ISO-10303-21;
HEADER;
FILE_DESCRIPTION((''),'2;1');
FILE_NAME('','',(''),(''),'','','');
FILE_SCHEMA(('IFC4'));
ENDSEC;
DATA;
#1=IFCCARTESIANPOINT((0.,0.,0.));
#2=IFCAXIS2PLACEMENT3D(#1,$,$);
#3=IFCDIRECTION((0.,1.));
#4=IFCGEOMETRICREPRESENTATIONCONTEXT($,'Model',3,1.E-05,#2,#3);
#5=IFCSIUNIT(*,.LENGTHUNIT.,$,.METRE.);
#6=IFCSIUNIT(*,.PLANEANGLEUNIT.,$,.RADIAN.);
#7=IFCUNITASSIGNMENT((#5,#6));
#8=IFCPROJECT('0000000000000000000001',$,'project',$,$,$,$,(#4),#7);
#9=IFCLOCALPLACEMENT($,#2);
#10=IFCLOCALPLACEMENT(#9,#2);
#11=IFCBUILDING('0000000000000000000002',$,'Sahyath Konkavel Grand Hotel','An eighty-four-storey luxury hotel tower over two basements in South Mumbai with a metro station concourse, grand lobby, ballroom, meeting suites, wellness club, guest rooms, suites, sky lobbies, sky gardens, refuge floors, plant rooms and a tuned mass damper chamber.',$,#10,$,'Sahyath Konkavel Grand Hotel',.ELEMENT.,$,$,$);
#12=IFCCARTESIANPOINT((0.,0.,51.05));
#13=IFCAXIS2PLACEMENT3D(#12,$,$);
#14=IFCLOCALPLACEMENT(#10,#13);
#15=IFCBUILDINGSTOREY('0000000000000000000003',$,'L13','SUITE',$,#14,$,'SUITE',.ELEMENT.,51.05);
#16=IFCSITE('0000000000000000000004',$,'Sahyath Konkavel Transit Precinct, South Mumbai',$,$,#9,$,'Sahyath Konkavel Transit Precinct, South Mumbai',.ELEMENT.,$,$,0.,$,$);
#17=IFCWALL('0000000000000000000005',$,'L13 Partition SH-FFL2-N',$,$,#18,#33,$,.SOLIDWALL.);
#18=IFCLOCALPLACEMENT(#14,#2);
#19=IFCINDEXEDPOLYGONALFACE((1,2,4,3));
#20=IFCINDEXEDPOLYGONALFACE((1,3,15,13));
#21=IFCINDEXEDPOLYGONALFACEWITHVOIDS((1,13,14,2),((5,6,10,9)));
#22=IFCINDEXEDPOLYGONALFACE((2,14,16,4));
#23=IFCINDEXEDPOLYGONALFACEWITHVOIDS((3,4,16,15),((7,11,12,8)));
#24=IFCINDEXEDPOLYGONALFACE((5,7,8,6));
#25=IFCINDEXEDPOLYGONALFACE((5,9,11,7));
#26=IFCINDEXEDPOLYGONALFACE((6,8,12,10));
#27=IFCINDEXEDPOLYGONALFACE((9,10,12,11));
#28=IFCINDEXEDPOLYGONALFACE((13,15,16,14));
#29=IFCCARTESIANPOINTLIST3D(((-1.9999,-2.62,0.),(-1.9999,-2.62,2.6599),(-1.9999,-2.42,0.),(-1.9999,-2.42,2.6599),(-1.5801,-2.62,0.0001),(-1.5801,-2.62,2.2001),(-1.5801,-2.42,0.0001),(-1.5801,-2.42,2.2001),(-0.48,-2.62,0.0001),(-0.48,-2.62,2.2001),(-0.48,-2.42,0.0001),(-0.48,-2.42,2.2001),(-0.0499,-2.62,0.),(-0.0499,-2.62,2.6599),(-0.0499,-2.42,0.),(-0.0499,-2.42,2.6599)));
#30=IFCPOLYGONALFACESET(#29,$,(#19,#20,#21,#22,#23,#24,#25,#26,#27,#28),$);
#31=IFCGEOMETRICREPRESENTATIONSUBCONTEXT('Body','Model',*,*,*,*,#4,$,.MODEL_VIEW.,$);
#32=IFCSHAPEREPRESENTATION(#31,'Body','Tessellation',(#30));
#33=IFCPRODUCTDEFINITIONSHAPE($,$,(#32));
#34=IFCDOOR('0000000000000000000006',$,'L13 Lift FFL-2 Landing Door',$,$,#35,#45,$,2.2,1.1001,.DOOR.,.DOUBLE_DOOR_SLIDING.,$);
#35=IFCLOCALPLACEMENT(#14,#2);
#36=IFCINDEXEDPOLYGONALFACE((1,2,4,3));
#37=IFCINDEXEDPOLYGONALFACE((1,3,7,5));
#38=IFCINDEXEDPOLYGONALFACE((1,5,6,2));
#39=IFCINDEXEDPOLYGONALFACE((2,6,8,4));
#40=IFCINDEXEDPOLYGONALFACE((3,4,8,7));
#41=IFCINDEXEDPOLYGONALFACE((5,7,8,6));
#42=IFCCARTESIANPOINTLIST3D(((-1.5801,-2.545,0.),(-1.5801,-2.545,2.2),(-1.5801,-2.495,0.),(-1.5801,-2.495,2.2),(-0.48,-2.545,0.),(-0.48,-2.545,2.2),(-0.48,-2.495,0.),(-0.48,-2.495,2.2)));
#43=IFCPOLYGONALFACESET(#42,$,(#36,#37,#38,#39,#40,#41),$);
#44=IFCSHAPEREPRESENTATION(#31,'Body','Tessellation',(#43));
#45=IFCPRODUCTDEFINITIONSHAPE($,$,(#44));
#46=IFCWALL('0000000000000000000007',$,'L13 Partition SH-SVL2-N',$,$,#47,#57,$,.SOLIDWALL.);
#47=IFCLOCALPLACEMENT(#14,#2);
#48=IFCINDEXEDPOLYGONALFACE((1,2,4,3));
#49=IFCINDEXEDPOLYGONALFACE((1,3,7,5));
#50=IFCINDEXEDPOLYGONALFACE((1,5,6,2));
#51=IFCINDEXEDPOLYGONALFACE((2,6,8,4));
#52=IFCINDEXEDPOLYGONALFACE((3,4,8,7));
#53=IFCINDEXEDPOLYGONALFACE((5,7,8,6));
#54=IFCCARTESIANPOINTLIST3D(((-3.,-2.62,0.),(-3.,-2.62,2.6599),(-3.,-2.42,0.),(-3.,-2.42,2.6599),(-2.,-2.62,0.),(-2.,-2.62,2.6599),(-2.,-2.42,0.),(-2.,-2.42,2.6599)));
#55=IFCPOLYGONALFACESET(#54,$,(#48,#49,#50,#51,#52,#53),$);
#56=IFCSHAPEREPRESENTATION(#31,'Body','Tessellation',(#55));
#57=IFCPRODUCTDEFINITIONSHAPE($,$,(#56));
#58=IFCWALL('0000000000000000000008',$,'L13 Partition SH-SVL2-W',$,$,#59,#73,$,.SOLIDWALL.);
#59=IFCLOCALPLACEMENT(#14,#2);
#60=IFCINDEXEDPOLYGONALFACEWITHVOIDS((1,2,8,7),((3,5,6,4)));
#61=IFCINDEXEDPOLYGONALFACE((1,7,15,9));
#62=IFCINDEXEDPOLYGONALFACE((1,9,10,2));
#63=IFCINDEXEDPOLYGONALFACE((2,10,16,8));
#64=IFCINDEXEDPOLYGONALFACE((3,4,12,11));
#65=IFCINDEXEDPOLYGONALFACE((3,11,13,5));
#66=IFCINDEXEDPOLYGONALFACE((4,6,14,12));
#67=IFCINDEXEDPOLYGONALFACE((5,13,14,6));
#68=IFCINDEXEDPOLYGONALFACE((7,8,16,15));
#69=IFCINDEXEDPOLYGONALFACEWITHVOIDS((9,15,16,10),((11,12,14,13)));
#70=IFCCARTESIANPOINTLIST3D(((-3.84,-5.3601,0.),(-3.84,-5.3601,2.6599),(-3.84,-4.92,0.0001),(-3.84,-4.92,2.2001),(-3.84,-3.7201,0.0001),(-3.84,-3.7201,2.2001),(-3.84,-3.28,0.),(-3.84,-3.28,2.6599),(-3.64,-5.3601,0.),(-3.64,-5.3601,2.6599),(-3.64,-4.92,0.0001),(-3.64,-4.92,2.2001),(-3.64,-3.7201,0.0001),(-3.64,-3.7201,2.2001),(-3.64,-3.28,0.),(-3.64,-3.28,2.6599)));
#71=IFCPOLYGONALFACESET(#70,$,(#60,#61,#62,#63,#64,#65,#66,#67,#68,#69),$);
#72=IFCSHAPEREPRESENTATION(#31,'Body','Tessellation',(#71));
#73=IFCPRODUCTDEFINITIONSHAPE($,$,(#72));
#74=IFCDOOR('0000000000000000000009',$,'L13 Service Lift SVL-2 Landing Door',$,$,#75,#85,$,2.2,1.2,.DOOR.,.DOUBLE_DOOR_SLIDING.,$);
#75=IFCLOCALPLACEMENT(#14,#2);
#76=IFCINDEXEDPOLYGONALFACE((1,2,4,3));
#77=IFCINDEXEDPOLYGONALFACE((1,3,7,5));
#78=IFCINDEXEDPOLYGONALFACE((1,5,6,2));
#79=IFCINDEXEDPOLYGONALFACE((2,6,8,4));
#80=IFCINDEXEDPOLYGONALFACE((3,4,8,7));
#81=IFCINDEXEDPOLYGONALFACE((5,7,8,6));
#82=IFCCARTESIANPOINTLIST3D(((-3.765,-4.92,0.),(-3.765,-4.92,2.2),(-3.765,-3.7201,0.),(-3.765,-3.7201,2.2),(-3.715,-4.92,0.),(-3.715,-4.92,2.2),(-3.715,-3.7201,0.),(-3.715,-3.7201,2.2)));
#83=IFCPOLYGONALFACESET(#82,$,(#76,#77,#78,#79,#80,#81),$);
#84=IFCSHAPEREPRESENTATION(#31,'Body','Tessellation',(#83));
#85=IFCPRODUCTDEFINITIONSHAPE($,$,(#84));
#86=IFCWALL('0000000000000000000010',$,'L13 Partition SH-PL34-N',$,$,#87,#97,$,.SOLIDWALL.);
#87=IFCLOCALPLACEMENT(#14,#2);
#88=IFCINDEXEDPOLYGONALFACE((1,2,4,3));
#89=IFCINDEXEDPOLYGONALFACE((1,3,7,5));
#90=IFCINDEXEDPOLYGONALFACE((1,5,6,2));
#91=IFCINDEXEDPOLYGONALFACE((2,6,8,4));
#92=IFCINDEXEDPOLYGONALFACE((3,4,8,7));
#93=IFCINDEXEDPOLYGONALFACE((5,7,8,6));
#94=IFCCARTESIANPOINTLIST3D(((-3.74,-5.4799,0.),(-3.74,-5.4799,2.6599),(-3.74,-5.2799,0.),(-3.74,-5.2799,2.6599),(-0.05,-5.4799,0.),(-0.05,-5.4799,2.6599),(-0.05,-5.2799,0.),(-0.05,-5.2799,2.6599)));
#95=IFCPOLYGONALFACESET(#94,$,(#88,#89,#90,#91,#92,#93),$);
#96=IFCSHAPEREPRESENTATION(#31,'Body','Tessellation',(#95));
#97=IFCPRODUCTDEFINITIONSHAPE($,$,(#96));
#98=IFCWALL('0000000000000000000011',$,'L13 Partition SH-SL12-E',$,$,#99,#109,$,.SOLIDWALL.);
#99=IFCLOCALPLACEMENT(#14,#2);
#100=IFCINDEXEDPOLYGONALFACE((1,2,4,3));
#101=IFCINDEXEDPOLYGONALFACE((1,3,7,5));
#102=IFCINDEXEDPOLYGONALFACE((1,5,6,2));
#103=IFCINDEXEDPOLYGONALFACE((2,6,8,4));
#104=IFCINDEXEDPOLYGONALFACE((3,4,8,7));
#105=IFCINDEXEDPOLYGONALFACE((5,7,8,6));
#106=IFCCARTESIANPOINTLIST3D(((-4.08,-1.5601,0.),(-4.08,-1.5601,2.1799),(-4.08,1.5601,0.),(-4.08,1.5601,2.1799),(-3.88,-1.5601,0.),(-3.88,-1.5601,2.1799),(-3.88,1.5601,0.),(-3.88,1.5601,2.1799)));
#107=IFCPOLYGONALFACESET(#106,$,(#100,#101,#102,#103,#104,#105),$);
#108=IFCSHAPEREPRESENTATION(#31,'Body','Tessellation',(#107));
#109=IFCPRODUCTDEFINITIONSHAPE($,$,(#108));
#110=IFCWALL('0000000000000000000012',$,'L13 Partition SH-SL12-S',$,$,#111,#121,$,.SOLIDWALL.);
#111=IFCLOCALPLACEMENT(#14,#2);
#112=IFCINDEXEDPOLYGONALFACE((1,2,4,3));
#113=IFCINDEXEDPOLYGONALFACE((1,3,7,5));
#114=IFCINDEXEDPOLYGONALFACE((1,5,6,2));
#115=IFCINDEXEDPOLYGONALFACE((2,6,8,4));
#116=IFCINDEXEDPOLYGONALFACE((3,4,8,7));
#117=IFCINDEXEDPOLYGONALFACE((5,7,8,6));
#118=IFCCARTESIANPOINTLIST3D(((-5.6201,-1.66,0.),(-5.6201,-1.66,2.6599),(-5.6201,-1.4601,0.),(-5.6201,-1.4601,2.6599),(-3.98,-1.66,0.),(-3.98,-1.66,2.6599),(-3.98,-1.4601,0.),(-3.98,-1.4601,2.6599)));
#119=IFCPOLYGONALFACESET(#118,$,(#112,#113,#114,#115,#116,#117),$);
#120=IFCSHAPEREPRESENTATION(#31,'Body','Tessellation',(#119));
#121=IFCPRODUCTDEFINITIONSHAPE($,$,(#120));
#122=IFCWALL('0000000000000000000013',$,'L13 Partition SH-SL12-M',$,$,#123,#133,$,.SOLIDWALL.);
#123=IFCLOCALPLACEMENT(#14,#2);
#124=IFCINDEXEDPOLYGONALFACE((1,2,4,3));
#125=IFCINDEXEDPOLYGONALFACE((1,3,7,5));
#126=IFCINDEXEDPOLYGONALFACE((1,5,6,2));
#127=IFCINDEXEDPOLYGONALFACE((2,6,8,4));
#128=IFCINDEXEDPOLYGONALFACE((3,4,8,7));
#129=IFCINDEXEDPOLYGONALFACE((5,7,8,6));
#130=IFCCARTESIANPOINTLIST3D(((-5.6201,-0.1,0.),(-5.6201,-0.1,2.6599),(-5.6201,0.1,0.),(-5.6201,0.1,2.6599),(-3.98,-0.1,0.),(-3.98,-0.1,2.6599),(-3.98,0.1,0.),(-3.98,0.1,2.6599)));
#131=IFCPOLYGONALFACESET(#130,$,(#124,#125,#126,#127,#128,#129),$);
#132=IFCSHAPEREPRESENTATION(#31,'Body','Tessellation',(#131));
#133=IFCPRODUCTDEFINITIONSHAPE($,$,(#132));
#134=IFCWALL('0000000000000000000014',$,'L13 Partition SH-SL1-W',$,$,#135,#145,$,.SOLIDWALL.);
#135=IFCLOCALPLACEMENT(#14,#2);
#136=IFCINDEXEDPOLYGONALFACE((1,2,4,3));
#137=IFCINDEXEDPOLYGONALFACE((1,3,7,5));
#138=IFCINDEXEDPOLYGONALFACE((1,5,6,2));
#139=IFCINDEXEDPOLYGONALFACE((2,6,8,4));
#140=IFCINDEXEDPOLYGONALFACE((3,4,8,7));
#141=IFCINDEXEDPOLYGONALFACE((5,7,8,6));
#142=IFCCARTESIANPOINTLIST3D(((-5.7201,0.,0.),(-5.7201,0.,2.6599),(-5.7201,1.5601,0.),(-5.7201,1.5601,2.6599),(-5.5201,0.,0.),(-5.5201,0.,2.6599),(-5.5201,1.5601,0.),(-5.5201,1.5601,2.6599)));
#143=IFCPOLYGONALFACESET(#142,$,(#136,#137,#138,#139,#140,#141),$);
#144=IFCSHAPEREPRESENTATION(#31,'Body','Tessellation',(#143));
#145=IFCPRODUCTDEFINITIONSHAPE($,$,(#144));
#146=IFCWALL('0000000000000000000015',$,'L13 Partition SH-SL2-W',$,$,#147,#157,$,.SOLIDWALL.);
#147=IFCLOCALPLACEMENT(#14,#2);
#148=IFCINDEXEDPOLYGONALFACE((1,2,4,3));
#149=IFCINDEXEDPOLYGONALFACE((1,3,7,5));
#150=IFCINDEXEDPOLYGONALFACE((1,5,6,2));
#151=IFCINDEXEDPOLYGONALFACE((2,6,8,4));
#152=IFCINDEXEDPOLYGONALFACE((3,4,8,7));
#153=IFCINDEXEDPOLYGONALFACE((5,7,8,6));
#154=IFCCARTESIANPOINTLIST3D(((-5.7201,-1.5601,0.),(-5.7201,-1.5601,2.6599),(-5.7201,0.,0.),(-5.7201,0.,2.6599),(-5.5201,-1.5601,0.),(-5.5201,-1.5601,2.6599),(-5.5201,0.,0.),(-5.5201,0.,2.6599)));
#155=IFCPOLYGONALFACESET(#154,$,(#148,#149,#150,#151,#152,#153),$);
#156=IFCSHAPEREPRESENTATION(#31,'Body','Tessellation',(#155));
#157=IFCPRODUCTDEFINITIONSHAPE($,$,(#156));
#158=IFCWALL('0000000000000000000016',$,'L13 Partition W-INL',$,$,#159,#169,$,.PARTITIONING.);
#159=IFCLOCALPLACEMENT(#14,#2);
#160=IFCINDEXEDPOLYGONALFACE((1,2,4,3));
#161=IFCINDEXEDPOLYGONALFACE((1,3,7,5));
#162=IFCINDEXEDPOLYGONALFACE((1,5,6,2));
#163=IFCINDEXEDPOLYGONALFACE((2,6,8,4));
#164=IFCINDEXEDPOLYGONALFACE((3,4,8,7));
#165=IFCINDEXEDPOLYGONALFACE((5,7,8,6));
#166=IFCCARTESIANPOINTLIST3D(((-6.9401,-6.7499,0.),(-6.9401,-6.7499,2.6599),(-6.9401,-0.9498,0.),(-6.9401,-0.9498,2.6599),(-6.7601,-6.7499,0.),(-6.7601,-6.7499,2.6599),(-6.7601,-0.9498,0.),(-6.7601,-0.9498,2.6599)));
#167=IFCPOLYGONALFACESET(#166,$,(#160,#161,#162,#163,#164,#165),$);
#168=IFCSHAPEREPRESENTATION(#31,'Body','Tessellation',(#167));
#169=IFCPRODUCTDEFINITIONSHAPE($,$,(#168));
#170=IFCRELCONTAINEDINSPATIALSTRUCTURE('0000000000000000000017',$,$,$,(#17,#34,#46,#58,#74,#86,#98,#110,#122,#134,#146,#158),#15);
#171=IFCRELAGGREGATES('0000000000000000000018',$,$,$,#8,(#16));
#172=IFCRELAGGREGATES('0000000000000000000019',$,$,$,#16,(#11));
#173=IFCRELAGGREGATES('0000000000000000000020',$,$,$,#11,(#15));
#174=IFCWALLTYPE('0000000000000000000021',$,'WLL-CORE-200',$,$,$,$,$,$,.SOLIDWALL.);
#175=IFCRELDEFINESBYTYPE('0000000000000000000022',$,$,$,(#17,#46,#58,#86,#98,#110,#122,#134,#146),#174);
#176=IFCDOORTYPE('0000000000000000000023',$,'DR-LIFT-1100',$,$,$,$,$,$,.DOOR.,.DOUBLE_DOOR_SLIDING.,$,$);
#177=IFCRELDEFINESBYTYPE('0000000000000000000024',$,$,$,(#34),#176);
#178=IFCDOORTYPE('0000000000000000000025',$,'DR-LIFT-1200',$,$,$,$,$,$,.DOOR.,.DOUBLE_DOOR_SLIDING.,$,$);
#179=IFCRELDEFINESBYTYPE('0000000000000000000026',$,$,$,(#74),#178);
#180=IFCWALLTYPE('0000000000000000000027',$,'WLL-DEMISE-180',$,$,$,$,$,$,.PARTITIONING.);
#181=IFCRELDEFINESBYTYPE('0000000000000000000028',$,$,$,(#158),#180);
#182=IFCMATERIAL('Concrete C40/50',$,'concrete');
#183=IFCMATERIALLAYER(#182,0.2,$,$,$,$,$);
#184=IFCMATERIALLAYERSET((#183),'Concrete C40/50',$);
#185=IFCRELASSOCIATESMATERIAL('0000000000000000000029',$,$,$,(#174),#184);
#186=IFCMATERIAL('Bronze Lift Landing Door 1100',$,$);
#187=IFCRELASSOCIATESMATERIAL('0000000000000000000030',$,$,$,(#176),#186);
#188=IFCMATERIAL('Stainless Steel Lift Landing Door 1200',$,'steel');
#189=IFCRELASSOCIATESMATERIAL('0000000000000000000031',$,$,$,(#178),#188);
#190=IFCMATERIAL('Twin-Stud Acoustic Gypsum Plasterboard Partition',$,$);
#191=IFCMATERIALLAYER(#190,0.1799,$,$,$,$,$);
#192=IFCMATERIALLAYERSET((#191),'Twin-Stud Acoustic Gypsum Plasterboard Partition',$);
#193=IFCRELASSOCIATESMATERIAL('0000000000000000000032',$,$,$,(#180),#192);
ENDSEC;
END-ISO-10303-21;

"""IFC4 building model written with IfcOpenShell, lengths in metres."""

from ifc_helpers import new_model, si_unit, direction, frame, frame_2d, origin, origin_2d, place, context, subcontext, project, spatial, rectangle, extrude, source, transform, mapped, material, layer, layer_set, type_object, element, fill, save


model = new_model("IFC4")

# Units and contexts
model_context = context("Model", 3, precision=1e-05, world=origin(), true_north=direction((0.0, 1.0)))
body_context = subcontext(model_context, "Body", "Model", "MODEL_VIEW")
ifc_project = project(units=[si_unit("LENGTHUNIT", "METRE"), si_unit("PLANEANGLEUNIT", "RADIAN")], contexts=[model_context])

# Site, building, storey
site_placement = place(None, origin())
site = spatial("IfcSite", under=ifc_project, at=site_placement, Name="Sahyath Konkavel Transit Precinct, South Mumbai", LongName="Sahyath Konkavel Transit Precinct, South Mumbai", CompositionType="ELEMENT", RefElevation=0.0)
building_placement = place(site_placement, origin())
building = spatial("IfcBuilding", under=site, at=building_placement, Name="Sahyath Konkavel Grand Hotel", Description="An eighty-four-storey luxury hotel tower over two basements in South Mumbai with a metro station concourse, grand lobby, ballroom, meeting suites, wellness club, guest rooms, suites, sky lobbies, sky gardens, refuge floors, plant rooms and a tuned mass damper chamber.", LongName="Sahyath Konkavel Grand Hotel", CompositionType="ELEMENT")
storey_placement = place(building_placement, frame((0.0, 0.0, 51.05)))
storey = spatial("IfcBuildingStorey", under=building, at=storey_placement, Name="L13", Description="SUITE", LongName="SUITE", CompositionType="ELEMENT", Elevation=51.05)

# Shared definitions
ifc_material_1 = material(Name="Concrete C40/50", Category="concrete")
ifc_layer_1 = layer(ifc_material_1, 0.2)
ifc_layer_set_1 = layer_set([ifc_layer_1], Name="Concrete C40/50")
wall_type_1 = type_object("IfcWallType", Name="WLL-CORE-200", PredefinedType="SOLIDWALL", material=ifc_layer_set_1)

# Wall, opening, door
wall_1_placement = place(storey_placement, frame((-2.0, -2.52, 0.0), z_axis=(0.0, 0.0, 1.0), x_axis=(1.0, 0.0, 0.0)))
wall_1 = element("IfcWall", 1, at=wall_1_placement, inside=storey, type_object=wall_type_1, Name="L13 Partition SH-FFL2-N", PredefinedType="SOLIDWALL", context=body_context, shape_type="SweptSolid", body=[
    extrude(rectangle(XDim=1.95, YDim=0.2, at=frame_2d((0.9751, 0.0))), origin(), (0.0, 0.0, 1.0), 2.6599),
])
opening_1_placement = place(wall_1_placement, frame((0.4199, 0.0, 0.0)))
opening_1 = element("IfcOpeningElement", 2, at=opening_1_placement, cuts=wall_1, PredefinedType="OPENING", context=body_context, shape_type="SweptSolid", body=[
    extrude(rectangle(XDim=1.1001, YDim=2.2, at=frame_2d((0.55, 1.1001))), frame((0.0, 0.1099, 0.0), z_axis=(0.0, -1.0, 0.0), x_axis=(1.0, 0.0, 0.0)), (0.0, 0.0, 1.0), 0.22),
])
ifc_material_2 = material(Name="Bronze Lift Landing Door 1100")
door_type_1 = type_object("IfcDoorType", Name="DR-LIFT-1100", OperationType="DOUBLE_DOOR_SLIDING", PredefinedType="DOOR", material=ifc_material_2)
shared_shape_1 = source(origin(), body_context, "Body", "SweptSolid", [
    extrude(rectangle(XDim=1.1001, YDim=0.05, at=origin_2d()), origin(), (0.0, 0.0, 1.0), 2.2),
])
door_1_placement = place(opening_1_placement, frame((0.55, 0.0, 0.0)))
door_1 = element("IfcDoor", 3, at=door_1_placement, inside=storey, type_object=door_type_1, Name="L13 Lift FFL-2 Landing Door", OperationType="DOUBLE_DOOR_SLIDING", OverallHeight=2.2, OverallWidth=1.1001, PredefinedType="DOOR", context=body_context, shape_type="MappedRepresentation", body=[
    mapped(shared_shape_1, transform((0.0, 0.0, 0.0), scale=1.0)),
])
fill(opening_1, door_1)

# Wall
wall_2_placement = place(storey_placement, frame((-3.0, -2.52, 0.0), z_axis=(0.0, 0.0, 1.0), x_axis=(1.0, 0.0, 0.0)))
element("IfcWall", 4, at=wall_2_placement, inside=storey, type_object=wall_type_1, Name="L13 Partition SH-SVL2-N", PredefinedType="SOLIDWALL", context=body_context, shape_type="SweptSolid", body=[
    extrude(rectangle(XDim=1.0, YDim=0.2, at=frame_2d((0.5, 0.0))), origin(), (0.0, 0.0, 1.0), 2.6599),
])

# Wall, opening, door
wall_3_placement = place(storey_placement, frame((-3.74, -5.3601, 0.0), z_axis=(0.0, 0.0, 1.0), x_axis=(0.0, 1.0, 0.0)))
wall_3 = element("IfcWall", 5, at=wall_3_placement, inside=storey, type_object=wall_type_1, Name="L13 Partition SH-SVL2-W", PredefinedType="SOLIDWALL", context=body_context, shape_type="SweptSolid", body=[
    extrude(rectangle(XDim=2.0801, YDim=0.2, at=frame_2d((1.04, 0.0))), origin(), (0.0, 0.0, 1.0), 2.6599),
])
opening_2_placement = place(wall_3_placement, frame((0.4399, 0.0, 0.0)))
opening_2 = element("IfcOpeningElement", 6, at=opening_2_placement, cuts=wall_3, PredefinedType="OPENING", context=body_context, shape_type="SweptSolid", body=[
    extrude(rectangle(XDim=1.2, YDim=2.2, at=frame_2d((0.6001, 1.1001))), frame((0.0, 0.1099, 0.0), z_axis=(0.0, -1.0, 0.0), x_axis=(1.0, 0.0, 0.0)), (0.0, 0.0, 1.0), 0.22),
])
ifc_material_3 = material(Name="Stainless Steel Lift Landing Door 1200", Category="steel")
door_type_2 = type_object("IfcDoorType", Name="DR-LIFT-1200", OperationType="DOUBLE_DOOR_SLIDING", PredefinedType="DOOR", material=ifc_material_3)
shared_shape_2 = source(origin(), body_context, "Body", "SweptSolid", [
    extrude(rectangle(XDim=1.2, YDim=0.05, at=origin_2d()), origin(), (0.0, 0.0, 1.0), 2.2),
])
door_2_placement = place(opening_2_placement, frame((0.6001, 0.0, 0.0)))
door_2 = element("IfcDoor", 7, at=door_2_placement, inside=storey, type_object=door_type_2, Name="L13 Service Lift SVL-2 Landing Door", OperationType="DOUBLE_DOOR_SLIDING", OverallHeight=2.2, OverallWidth=1.2, PredefinedType="DOOR", context=body_context, shape_type="MappedRepresentation", body=[
    mapped(shared_shape_2, transform((0.0, 0.0, 0.0), scale=1.0)),
])
fill(opening_2, door_2)

# Walls
wall_4_placement = place(storey_placement, frame((-3.74, -5.3799, 0.0), z_axis=(0.0, 0.0, 1.0), x_axis=(1.0, 0.0, 0.0)))
element("IfcWall", 8, at=wall_4_placement, inside=storey, type_object=wall_type_1, Name="L13 Partition SH-PL34-N", PredefinedType="SOLIDWALL", context=body_context, shape_type="SweptSolid", body=[
    extrude(rectangle(XDim=3.6899, YDim=0.2, at=frame_2d((1.845, 0.0))), origin(), (0.0, 0.0, 1.0), 2.6599),
])
wall_5_placement = place(storey_placement, frame((-3.98, -1.5601, 0.0), z_axis=(0.0, 0.0, 1.0), x_axis=(0.0, 1.0, 0.0)))
element("IfcWall", 9, at=wall_5_placement, inside=storey, type_object=wall_type_1, Name="L13 Partition SH-SL12-E", PredefinedType="SOLIDWALL", context=body_context, shape_type="SweptSolid", body=[
    extrude(rectangle(XDim=3.1201, YDim=0.2, at=frame_2d((1.5601, 0.0))), origin(), (0.0, 0.0, 1.0), 2.1799),
])
for number, where, z_axis, x_axis, name in (
    (10, (-5.6201, -1.5601, 0.0), (0.0, 0.0, 1.0), (1.0, 0.0, 0.0), "L13 Partition SH-SL12-S"),
    (11, (-5.6201, 0.0, 0.0), (0.0, 0.0, 1.0), (1.0, 0.0, 0.0), "L13 Partition SH-SL12-M"),
):
    element("IfcWall", number, at=place(storey_placement, frame(where, z_axis=z_axis, x_axis=x_axis)), inside=storey, type_object=wall_type_1, Name=name, PredefinedType="SOLIDWALL", context=body_context, shape_type="SweptSolid", body=[
        extrude(rectangle(XDim=1.6401, YDim=0.2, at=frame_2d((0.8201, 0.0))), origin(), (0.0, 0.0, 1.0), 2.6599),
    ])
for number, where, z_axis, x_axis, name in (
    (12, (-5.6201, 0.0, 0.0), (0.0, 0.0, 1.0), (0.0, 1.0, 0.0), "L13 Partition SH-SL1-W"),
    (13, (-5.6201, -1.5601, 0.0), (0.0, 0.0, 1.0), (0.0, 1.0, 0.0), "L13 Partition SH-SL2-W"),
):
    element("IfcWall", number, at=place(storey_placement, frame(where, z_axis=z_axis, x_axis=x_axis)), inside=storey, type_object=wall_type_1, Name=name, PredefinedType="SOLIDWALL", context=body_context, shape_type="SweptSolid", body=[
        extrude(rectangle(XDim=1.5601, YDim=0.2, at=frame_2d((0.78, 0.0))), origin(), (0.0, 0.0, 1.0), 2.6599),
    ])
ifc_material_4 = material(Name="Twin-Stud Acoustic Gypsum Plasterboard Partition")
ifc_layer_2 = layer(ifc_material_4, 0.1799)
ifc_layer_set_2 = layer_set([ifc_layer_2], Name="Twin-Stud Acoustic Gypsum Plasterboard Partition")
wall_type_2 = type_object("IfcWallType", Name="WLL-DEMISE-180", PredefinedType="PARTITIONING", material=ifc_layer_set_2)
wall_6_placement = place(storey_placement, frame((-6.8501, -0.95, 0.0), z_axis=(0.0, 0.0, 1.0), x_axis=(0.0, -1.0, 0.0)))
element("IfcWall", 14, at=wall_6_placement, inside=storey, type_object=wall_type_2, Name="L13 Partition W-INL", PredefinedType="PARTITIONING", context=body_context, shape_type="SweptSolid", body=[
    extrude(rectangle(XDim=5.8, YDim=0.1799, at=frame_2d((2.8999, 0.0))), origin(), (0.0, 0.0, 1.0), 2.6599),
])

save(model, "model.ifc")
